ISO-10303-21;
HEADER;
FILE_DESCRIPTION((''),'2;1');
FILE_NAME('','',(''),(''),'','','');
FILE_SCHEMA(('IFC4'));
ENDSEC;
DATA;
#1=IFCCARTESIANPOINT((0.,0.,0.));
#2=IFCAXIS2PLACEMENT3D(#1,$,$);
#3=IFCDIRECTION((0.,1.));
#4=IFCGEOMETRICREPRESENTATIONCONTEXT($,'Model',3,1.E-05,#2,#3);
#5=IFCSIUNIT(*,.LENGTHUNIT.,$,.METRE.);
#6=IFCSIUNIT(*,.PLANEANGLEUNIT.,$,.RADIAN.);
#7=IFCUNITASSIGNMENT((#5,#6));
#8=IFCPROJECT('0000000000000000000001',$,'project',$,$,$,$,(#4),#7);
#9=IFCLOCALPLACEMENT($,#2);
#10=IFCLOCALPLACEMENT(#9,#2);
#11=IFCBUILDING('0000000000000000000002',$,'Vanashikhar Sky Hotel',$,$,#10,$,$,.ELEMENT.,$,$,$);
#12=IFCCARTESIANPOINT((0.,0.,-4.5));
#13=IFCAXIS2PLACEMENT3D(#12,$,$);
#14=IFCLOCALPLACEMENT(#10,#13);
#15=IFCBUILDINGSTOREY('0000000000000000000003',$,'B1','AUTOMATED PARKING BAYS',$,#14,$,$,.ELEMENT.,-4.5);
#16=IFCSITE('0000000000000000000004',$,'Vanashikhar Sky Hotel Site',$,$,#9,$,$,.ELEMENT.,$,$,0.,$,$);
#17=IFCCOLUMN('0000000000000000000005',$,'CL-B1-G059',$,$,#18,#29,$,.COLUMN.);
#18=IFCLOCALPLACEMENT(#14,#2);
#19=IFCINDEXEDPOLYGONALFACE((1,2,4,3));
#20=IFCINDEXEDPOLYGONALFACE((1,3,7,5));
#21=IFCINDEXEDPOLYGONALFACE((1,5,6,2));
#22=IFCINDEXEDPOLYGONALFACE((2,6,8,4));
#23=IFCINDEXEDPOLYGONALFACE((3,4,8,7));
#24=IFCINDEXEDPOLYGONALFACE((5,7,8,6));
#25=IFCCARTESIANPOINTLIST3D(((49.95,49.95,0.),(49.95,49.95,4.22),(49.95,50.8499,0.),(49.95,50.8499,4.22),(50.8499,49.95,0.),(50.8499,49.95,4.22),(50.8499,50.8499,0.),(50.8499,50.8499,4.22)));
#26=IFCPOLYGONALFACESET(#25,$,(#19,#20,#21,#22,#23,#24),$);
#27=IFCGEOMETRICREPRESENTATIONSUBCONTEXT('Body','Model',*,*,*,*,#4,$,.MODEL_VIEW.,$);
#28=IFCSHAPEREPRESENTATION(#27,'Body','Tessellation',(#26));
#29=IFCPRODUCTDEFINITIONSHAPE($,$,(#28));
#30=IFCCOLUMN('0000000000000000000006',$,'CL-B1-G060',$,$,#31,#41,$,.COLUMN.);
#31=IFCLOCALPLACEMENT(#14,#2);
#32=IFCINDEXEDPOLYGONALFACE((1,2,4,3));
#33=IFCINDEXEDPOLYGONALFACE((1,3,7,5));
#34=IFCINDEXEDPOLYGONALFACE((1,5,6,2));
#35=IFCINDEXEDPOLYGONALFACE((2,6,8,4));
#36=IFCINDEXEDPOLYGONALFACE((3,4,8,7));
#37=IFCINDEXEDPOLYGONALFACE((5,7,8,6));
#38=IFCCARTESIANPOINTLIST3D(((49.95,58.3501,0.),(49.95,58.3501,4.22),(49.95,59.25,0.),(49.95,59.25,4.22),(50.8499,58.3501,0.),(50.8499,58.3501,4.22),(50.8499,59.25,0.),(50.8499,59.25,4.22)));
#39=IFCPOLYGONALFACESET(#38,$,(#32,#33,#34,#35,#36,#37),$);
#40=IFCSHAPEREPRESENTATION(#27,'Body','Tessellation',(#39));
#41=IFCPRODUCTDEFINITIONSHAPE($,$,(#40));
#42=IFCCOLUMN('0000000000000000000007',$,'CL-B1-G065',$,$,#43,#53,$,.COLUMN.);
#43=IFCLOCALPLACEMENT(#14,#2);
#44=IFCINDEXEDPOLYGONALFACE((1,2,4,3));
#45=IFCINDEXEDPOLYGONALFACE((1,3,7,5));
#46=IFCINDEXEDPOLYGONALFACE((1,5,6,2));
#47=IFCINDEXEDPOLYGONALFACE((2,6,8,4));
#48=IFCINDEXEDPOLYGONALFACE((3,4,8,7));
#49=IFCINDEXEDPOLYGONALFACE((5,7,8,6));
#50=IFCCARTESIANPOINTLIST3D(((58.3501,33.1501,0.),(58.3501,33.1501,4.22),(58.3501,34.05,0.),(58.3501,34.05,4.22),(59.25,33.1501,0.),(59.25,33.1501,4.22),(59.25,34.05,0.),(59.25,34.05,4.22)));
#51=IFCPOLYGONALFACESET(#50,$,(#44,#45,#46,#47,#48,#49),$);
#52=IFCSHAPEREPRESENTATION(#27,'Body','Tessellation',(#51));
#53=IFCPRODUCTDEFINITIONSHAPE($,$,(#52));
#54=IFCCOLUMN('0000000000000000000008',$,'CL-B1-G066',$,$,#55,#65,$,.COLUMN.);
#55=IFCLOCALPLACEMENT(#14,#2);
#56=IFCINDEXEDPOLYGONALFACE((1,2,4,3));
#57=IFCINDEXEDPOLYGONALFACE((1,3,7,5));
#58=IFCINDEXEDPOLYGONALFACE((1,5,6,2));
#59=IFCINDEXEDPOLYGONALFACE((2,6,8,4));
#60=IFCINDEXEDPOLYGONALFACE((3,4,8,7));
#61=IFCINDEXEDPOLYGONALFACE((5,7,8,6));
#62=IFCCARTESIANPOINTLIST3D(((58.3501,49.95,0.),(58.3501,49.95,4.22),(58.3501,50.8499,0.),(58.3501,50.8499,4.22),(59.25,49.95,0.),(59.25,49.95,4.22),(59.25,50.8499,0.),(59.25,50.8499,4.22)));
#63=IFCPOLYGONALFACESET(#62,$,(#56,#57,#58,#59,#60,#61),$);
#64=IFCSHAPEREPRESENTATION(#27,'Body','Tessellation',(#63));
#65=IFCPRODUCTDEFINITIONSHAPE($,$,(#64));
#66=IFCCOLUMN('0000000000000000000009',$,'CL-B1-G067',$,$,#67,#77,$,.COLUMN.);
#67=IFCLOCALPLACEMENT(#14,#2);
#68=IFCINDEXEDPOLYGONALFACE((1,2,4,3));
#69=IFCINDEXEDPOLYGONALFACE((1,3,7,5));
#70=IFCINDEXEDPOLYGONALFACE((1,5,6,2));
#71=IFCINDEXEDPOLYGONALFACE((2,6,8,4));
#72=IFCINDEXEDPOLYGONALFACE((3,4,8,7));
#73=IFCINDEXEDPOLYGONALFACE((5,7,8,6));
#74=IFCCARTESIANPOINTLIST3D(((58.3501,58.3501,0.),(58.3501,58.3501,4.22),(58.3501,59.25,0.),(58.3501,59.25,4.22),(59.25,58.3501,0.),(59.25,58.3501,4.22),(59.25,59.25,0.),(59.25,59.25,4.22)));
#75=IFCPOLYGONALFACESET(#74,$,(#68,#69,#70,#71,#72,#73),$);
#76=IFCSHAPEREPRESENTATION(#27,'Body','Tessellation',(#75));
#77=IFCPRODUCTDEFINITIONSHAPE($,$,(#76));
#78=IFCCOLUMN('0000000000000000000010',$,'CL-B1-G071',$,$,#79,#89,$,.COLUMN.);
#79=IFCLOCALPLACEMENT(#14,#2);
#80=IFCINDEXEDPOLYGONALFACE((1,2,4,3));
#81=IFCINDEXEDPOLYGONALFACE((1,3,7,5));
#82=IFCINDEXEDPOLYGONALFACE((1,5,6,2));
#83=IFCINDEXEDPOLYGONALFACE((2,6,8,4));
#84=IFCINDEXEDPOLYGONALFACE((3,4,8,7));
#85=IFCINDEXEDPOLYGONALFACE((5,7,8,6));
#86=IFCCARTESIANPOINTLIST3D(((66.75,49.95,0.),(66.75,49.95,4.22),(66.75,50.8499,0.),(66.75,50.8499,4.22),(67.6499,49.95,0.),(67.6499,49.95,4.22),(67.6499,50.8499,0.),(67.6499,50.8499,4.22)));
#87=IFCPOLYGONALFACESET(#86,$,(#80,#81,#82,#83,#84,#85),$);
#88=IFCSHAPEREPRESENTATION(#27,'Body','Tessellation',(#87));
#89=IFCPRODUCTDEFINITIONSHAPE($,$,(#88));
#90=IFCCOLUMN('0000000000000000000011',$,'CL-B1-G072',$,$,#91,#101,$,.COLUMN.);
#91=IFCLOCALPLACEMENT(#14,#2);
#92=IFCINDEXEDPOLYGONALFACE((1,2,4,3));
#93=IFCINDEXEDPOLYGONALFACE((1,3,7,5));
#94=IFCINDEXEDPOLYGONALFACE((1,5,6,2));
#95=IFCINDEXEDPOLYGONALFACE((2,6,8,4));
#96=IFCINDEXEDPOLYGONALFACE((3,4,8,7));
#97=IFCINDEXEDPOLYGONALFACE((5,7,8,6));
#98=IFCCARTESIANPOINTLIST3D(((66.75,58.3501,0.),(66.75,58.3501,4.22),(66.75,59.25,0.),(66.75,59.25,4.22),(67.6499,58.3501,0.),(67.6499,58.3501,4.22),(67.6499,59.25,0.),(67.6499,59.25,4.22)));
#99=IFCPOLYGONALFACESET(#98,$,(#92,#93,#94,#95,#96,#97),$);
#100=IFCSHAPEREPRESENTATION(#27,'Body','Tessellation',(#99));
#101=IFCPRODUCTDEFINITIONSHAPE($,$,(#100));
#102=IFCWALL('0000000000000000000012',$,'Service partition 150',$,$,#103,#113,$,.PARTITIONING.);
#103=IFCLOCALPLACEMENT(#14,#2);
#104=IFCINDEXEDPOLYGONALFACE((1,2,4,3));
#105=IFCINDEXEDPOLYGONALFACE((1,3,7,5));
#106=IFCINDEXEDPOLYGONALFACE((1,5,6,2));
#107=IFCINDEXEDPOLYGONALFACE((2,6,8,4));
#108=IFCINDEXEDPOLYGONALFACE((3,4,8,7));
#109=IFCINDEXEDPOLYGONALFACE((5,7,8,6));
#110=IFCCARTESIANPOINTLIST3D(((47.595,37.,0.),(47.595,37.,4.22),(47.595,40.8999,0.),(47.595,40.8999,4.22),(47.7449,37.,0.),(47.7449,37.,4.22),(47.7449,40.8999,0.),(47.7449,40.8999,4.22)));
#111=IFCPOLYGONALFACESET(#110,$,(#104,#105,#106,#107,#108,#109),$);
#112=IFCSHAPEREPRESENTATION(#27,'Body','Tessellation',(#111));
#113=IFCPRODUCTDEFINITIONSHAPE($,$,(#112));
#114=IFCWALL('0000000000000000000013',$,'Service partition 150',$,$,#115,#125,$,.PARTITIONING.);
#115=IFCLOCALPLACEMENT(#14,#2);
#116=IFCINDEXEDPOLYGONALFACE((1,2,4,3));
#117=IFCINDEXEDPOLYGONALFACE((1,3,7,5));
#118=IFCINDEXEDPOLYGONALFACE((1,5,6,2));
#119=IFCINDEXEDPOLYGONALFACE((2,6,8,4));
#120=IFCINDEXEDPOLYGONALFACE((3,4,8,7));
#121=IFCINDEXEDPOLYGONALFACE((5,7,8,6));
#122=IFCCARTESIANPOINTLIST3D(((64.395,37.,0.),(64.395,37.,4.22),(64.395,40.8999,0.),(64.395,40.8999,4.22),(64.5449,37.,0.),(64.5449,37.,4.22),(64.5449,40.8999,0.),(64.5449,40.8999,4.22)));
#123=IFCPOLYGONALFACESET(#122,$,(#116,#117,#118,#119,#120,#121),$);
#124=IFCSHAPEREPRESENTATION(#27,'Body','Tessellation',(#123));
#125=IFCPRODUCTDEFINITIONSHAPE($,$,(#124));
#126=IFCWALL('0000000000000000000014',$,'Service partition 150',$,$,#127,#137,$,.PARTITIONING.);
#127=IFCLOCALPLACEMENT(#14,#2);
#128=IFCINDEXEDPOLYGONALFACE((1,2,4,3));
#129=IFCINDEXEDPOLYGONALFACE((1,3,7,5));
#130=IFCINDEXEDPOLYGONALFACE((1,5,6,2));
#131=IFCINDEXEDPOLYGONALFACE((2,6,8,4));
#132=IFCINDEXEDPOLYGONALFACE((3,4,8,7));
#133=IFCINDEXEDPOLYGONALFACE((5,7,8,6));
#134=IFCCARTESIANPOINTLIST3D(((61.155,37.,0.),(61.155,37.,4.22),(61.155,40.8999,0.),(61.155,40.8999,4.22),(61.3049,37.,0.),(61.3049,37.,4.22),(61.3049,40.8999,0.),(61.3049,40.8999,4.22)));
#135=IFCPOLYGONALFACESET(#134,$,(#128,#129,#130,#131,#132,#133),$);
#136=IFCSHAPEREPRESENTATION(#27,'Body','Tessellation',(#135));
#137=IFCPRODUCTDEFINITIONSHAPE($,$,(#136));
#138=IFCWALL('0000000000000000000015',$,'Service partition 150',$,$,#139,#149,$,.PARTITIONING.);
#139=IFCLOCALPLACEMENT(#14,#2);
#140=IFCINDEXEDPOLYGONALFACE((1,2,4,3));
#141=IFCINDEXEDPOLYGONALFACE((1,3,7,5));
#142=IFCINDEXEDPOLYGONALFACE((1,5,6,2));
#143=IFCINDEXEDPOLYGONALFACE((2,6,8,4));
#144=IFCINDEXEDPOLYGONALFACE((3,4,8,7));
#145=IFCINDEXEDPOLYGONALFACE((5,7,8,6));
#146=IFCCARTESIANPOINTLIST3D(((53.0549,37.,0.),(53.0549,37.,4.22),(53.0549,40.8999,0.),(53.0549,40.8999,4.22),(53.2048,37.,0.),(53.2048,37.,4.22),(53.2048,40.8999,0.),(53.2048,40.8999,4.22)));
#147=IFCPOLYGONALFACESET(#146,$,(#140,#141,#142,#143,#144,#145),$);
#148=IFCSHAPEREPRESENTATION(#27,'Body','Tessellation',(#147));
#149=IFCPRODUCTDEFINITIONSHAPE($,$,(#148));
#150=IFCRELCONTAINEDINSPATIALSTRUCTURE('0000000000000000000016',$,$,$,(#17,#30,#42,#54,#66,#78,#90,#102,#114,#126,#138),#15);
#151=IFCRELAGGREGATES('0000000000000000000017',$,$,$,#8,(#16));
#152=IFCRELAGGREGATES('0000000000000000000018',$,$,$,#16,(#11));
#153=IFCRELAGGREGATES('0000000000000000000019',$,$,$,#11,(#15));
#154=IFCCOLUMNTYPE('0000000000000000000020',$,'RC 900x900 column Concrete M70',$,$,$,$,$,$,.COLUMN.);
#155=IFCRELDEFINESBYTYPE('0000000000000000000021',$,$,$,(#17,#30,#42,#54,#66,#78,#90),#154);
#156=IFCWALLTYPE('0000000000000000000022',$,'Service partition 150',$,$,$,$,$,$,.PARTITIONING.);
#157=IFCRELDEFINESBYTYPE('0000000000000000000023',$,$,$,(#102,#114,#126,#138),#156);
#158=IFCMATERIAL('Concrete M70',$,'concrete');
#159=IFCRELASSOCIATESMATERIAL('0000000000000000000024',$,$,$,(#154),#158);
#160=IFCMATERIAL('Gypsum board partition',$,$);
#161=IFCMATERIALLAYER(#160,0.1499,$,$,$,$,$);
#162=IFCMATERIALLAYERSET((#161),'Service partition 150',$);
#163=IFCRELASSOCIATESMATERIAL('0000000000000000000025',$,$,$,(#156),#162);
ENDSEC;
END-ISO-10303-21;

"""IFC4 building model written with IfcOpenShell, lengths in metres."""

from ifc_helpers import new_model, si_unit, direction, frame, frame_2d, origin, origin_2d, place, context, subcontext, project, spatial, rectangle, extrude, source, transform, mapped, material, layer, layer_set, material_profile, profile_set, type_object, element, save


model = new_model("IFC4")

# Units and contexts
model_context = context("Model", 3, precision=1e-05, world=origin(), true_north=direction((0.0, 1.0)))
body_context = subcontext(model_context, "Body", "Model", "MODEL_VIEW")
ifc_project = project(units=[si_unit("LENGTHUNIT", "METRE"), si_unit("PLANEANGLEUNIT", "RADIAN")], contexts=[model_context])

# Site, building, storey
site_placement = place(None, origin())
site = spatial("IfcSite", under=ifc_project, at=site_placement, Name="Vanashikhar Sky Hotel Site", CompositionType="ELEMENT", RefElevation=0.0)
building_placement = place(site_placement, origin())
building = spatial("IfcBuilding", under=site, at=building_placement, Name="Vanashikhar Sky Hotel", CompositionType="ELEMENT")
storey_placement = place(building_placement, frame((0.0, 0.0, -4.5)))
storey = spatial("IfcBuildingStorey", under=building, at=storey_placement, Name="B1", Description="AUTOMATED PARKING BAYS", CompositionType="ELEMENT", Elevation=-4.5)

# Columns
ifc_material_1 = material(Name="Concrete M70", Category="concrete")
ifc_material_profile = material_profile(ifc_material_1, rectangle(XDim=0.8999, YDim=0.8999, at=origin_2d()))
ifc_profile_set = profile_set([ifc_material_profile], Name="RC 900x900 column Concrete M70")
column_type = type_object("IfcColumnType", Name="RC 900x900 column Concrete M70", PredefinedType="COLUMN", material=ifc_profile_set)
shared_shape_1 = source(origin(), body_context, "Body", "SweptSolid", [
    extrude(rectangle(XDim=0.8999, YDim=0.8999, at=origin_2d()), origin(), (0.0, 0.0, 1.0), 4.22),
])
for number, where, z_axis, x_axis, name in (
    (1, (50.3999, 50.3999, 0.0), (0.0, 0.0, 1.0), (1.0, 0.0, 0.0), "CL-B1-G059"),
    (2, (50.3999, 58.8, 0.0), (0.0, 0.0, 1.0), (1.0, 0.0, 0.0), "CL-B1-G060"),
    (3, (58.8, 33.6001, 0.0), (0.0, 0.0, 1.0), (1.0, 0.0, 0.0), "CL-B1-G065"),
    (4, (58.8, 50.3999, 0.0), (0.0, 0.0, 1.0), (1.0, 0.0, 0.0), "CL-B1-G066"),
    (5, (58.8, 58.8, 0.0), (0.0, 0.0, 1.0), (1.0, 0.0, 0.0), "CL-B1-G067"),
    (6, (67.2, 50.3999, 0.0), (0.0, 0.0, 1.0), (1.0, 0.0, 0.0), "CL-B1-G071"),
    (7, (67.2, 58.8, 0.0), (0.0, 0.0, 1.0), (1.0, 0.0, 0.0), "CL-B1-G072"),
):
    element("IfcColumn", number, at=place(storey_placement, frame(where, z_axis=z_axis, x_axis=x_axis)), inside=storey, type_object=column_type, Name=name, PredefinedType="COLUMN", context=body_context, shape_type="MappedRepresentation", body=[
        mapped(shared_shape_1, transform((0.0, 0.0, 0.0), scale=1.0)),
    ])

# Walls
ifc_material_2 = material(Name="Gypsum board partition")
ifc_layer_1 = layer(ifc_material_2, 0.1499)
ifc_layer_set_1 = layer_set([ifc_layer_1], Name="Service partition 150")
wall_type_1 = type_object("IfcWallType", Name="Service partition 150", PredefinedType="PARTITIONING", material=ifc_layer_set_1)
shared_shape_2 = source(origin(), body_context, "Body", "SweptSolid", [
    extrude(rectangle(XDim=3.8999, YDim=0.1499, at=frame_2d((1.95, 0.0))), origin(), (0.0, 0.0, 1.0), 4.22),
])
for number, where, z_axis, x_axis, name in (
    (8, (47.6699, 37.0, 0.0), (0.0, 0.0, 1.0), (0.0, 1.0, 0.0), "Service partition 150"),
    (9, (64.47, 37.0, 0.0), (0.0, 0.0, 1.0), (0.0, 1.0, 0.0), "Service partition 150"),
    (10, (61.23, 37.0, 0.0), (0.0, 0.0, 1.0), (0.0, 1.0, 0.0), "Service partition 150"),
    (11, (53.1299, 37.0, 0.0), (0.0, 0.0, 1.0), (0.0, 1.0, 0.0), "Service partition 150"),
):
    element("IfcWall", number, at=place(storey_placement, frame(where, z_axis=z_axis, x_axis=x_axis)), inside=storey, type_object=wall_type_1, Name=name, PredefinedType="PARTITIONING", context=body_context, shape_type="MappedRepresentation", body=[
        mapped(shared_shape_2, transform((0.0, 0.0, 0.0), scale=1.0)),
    ])

save(model, "model.ifc")
